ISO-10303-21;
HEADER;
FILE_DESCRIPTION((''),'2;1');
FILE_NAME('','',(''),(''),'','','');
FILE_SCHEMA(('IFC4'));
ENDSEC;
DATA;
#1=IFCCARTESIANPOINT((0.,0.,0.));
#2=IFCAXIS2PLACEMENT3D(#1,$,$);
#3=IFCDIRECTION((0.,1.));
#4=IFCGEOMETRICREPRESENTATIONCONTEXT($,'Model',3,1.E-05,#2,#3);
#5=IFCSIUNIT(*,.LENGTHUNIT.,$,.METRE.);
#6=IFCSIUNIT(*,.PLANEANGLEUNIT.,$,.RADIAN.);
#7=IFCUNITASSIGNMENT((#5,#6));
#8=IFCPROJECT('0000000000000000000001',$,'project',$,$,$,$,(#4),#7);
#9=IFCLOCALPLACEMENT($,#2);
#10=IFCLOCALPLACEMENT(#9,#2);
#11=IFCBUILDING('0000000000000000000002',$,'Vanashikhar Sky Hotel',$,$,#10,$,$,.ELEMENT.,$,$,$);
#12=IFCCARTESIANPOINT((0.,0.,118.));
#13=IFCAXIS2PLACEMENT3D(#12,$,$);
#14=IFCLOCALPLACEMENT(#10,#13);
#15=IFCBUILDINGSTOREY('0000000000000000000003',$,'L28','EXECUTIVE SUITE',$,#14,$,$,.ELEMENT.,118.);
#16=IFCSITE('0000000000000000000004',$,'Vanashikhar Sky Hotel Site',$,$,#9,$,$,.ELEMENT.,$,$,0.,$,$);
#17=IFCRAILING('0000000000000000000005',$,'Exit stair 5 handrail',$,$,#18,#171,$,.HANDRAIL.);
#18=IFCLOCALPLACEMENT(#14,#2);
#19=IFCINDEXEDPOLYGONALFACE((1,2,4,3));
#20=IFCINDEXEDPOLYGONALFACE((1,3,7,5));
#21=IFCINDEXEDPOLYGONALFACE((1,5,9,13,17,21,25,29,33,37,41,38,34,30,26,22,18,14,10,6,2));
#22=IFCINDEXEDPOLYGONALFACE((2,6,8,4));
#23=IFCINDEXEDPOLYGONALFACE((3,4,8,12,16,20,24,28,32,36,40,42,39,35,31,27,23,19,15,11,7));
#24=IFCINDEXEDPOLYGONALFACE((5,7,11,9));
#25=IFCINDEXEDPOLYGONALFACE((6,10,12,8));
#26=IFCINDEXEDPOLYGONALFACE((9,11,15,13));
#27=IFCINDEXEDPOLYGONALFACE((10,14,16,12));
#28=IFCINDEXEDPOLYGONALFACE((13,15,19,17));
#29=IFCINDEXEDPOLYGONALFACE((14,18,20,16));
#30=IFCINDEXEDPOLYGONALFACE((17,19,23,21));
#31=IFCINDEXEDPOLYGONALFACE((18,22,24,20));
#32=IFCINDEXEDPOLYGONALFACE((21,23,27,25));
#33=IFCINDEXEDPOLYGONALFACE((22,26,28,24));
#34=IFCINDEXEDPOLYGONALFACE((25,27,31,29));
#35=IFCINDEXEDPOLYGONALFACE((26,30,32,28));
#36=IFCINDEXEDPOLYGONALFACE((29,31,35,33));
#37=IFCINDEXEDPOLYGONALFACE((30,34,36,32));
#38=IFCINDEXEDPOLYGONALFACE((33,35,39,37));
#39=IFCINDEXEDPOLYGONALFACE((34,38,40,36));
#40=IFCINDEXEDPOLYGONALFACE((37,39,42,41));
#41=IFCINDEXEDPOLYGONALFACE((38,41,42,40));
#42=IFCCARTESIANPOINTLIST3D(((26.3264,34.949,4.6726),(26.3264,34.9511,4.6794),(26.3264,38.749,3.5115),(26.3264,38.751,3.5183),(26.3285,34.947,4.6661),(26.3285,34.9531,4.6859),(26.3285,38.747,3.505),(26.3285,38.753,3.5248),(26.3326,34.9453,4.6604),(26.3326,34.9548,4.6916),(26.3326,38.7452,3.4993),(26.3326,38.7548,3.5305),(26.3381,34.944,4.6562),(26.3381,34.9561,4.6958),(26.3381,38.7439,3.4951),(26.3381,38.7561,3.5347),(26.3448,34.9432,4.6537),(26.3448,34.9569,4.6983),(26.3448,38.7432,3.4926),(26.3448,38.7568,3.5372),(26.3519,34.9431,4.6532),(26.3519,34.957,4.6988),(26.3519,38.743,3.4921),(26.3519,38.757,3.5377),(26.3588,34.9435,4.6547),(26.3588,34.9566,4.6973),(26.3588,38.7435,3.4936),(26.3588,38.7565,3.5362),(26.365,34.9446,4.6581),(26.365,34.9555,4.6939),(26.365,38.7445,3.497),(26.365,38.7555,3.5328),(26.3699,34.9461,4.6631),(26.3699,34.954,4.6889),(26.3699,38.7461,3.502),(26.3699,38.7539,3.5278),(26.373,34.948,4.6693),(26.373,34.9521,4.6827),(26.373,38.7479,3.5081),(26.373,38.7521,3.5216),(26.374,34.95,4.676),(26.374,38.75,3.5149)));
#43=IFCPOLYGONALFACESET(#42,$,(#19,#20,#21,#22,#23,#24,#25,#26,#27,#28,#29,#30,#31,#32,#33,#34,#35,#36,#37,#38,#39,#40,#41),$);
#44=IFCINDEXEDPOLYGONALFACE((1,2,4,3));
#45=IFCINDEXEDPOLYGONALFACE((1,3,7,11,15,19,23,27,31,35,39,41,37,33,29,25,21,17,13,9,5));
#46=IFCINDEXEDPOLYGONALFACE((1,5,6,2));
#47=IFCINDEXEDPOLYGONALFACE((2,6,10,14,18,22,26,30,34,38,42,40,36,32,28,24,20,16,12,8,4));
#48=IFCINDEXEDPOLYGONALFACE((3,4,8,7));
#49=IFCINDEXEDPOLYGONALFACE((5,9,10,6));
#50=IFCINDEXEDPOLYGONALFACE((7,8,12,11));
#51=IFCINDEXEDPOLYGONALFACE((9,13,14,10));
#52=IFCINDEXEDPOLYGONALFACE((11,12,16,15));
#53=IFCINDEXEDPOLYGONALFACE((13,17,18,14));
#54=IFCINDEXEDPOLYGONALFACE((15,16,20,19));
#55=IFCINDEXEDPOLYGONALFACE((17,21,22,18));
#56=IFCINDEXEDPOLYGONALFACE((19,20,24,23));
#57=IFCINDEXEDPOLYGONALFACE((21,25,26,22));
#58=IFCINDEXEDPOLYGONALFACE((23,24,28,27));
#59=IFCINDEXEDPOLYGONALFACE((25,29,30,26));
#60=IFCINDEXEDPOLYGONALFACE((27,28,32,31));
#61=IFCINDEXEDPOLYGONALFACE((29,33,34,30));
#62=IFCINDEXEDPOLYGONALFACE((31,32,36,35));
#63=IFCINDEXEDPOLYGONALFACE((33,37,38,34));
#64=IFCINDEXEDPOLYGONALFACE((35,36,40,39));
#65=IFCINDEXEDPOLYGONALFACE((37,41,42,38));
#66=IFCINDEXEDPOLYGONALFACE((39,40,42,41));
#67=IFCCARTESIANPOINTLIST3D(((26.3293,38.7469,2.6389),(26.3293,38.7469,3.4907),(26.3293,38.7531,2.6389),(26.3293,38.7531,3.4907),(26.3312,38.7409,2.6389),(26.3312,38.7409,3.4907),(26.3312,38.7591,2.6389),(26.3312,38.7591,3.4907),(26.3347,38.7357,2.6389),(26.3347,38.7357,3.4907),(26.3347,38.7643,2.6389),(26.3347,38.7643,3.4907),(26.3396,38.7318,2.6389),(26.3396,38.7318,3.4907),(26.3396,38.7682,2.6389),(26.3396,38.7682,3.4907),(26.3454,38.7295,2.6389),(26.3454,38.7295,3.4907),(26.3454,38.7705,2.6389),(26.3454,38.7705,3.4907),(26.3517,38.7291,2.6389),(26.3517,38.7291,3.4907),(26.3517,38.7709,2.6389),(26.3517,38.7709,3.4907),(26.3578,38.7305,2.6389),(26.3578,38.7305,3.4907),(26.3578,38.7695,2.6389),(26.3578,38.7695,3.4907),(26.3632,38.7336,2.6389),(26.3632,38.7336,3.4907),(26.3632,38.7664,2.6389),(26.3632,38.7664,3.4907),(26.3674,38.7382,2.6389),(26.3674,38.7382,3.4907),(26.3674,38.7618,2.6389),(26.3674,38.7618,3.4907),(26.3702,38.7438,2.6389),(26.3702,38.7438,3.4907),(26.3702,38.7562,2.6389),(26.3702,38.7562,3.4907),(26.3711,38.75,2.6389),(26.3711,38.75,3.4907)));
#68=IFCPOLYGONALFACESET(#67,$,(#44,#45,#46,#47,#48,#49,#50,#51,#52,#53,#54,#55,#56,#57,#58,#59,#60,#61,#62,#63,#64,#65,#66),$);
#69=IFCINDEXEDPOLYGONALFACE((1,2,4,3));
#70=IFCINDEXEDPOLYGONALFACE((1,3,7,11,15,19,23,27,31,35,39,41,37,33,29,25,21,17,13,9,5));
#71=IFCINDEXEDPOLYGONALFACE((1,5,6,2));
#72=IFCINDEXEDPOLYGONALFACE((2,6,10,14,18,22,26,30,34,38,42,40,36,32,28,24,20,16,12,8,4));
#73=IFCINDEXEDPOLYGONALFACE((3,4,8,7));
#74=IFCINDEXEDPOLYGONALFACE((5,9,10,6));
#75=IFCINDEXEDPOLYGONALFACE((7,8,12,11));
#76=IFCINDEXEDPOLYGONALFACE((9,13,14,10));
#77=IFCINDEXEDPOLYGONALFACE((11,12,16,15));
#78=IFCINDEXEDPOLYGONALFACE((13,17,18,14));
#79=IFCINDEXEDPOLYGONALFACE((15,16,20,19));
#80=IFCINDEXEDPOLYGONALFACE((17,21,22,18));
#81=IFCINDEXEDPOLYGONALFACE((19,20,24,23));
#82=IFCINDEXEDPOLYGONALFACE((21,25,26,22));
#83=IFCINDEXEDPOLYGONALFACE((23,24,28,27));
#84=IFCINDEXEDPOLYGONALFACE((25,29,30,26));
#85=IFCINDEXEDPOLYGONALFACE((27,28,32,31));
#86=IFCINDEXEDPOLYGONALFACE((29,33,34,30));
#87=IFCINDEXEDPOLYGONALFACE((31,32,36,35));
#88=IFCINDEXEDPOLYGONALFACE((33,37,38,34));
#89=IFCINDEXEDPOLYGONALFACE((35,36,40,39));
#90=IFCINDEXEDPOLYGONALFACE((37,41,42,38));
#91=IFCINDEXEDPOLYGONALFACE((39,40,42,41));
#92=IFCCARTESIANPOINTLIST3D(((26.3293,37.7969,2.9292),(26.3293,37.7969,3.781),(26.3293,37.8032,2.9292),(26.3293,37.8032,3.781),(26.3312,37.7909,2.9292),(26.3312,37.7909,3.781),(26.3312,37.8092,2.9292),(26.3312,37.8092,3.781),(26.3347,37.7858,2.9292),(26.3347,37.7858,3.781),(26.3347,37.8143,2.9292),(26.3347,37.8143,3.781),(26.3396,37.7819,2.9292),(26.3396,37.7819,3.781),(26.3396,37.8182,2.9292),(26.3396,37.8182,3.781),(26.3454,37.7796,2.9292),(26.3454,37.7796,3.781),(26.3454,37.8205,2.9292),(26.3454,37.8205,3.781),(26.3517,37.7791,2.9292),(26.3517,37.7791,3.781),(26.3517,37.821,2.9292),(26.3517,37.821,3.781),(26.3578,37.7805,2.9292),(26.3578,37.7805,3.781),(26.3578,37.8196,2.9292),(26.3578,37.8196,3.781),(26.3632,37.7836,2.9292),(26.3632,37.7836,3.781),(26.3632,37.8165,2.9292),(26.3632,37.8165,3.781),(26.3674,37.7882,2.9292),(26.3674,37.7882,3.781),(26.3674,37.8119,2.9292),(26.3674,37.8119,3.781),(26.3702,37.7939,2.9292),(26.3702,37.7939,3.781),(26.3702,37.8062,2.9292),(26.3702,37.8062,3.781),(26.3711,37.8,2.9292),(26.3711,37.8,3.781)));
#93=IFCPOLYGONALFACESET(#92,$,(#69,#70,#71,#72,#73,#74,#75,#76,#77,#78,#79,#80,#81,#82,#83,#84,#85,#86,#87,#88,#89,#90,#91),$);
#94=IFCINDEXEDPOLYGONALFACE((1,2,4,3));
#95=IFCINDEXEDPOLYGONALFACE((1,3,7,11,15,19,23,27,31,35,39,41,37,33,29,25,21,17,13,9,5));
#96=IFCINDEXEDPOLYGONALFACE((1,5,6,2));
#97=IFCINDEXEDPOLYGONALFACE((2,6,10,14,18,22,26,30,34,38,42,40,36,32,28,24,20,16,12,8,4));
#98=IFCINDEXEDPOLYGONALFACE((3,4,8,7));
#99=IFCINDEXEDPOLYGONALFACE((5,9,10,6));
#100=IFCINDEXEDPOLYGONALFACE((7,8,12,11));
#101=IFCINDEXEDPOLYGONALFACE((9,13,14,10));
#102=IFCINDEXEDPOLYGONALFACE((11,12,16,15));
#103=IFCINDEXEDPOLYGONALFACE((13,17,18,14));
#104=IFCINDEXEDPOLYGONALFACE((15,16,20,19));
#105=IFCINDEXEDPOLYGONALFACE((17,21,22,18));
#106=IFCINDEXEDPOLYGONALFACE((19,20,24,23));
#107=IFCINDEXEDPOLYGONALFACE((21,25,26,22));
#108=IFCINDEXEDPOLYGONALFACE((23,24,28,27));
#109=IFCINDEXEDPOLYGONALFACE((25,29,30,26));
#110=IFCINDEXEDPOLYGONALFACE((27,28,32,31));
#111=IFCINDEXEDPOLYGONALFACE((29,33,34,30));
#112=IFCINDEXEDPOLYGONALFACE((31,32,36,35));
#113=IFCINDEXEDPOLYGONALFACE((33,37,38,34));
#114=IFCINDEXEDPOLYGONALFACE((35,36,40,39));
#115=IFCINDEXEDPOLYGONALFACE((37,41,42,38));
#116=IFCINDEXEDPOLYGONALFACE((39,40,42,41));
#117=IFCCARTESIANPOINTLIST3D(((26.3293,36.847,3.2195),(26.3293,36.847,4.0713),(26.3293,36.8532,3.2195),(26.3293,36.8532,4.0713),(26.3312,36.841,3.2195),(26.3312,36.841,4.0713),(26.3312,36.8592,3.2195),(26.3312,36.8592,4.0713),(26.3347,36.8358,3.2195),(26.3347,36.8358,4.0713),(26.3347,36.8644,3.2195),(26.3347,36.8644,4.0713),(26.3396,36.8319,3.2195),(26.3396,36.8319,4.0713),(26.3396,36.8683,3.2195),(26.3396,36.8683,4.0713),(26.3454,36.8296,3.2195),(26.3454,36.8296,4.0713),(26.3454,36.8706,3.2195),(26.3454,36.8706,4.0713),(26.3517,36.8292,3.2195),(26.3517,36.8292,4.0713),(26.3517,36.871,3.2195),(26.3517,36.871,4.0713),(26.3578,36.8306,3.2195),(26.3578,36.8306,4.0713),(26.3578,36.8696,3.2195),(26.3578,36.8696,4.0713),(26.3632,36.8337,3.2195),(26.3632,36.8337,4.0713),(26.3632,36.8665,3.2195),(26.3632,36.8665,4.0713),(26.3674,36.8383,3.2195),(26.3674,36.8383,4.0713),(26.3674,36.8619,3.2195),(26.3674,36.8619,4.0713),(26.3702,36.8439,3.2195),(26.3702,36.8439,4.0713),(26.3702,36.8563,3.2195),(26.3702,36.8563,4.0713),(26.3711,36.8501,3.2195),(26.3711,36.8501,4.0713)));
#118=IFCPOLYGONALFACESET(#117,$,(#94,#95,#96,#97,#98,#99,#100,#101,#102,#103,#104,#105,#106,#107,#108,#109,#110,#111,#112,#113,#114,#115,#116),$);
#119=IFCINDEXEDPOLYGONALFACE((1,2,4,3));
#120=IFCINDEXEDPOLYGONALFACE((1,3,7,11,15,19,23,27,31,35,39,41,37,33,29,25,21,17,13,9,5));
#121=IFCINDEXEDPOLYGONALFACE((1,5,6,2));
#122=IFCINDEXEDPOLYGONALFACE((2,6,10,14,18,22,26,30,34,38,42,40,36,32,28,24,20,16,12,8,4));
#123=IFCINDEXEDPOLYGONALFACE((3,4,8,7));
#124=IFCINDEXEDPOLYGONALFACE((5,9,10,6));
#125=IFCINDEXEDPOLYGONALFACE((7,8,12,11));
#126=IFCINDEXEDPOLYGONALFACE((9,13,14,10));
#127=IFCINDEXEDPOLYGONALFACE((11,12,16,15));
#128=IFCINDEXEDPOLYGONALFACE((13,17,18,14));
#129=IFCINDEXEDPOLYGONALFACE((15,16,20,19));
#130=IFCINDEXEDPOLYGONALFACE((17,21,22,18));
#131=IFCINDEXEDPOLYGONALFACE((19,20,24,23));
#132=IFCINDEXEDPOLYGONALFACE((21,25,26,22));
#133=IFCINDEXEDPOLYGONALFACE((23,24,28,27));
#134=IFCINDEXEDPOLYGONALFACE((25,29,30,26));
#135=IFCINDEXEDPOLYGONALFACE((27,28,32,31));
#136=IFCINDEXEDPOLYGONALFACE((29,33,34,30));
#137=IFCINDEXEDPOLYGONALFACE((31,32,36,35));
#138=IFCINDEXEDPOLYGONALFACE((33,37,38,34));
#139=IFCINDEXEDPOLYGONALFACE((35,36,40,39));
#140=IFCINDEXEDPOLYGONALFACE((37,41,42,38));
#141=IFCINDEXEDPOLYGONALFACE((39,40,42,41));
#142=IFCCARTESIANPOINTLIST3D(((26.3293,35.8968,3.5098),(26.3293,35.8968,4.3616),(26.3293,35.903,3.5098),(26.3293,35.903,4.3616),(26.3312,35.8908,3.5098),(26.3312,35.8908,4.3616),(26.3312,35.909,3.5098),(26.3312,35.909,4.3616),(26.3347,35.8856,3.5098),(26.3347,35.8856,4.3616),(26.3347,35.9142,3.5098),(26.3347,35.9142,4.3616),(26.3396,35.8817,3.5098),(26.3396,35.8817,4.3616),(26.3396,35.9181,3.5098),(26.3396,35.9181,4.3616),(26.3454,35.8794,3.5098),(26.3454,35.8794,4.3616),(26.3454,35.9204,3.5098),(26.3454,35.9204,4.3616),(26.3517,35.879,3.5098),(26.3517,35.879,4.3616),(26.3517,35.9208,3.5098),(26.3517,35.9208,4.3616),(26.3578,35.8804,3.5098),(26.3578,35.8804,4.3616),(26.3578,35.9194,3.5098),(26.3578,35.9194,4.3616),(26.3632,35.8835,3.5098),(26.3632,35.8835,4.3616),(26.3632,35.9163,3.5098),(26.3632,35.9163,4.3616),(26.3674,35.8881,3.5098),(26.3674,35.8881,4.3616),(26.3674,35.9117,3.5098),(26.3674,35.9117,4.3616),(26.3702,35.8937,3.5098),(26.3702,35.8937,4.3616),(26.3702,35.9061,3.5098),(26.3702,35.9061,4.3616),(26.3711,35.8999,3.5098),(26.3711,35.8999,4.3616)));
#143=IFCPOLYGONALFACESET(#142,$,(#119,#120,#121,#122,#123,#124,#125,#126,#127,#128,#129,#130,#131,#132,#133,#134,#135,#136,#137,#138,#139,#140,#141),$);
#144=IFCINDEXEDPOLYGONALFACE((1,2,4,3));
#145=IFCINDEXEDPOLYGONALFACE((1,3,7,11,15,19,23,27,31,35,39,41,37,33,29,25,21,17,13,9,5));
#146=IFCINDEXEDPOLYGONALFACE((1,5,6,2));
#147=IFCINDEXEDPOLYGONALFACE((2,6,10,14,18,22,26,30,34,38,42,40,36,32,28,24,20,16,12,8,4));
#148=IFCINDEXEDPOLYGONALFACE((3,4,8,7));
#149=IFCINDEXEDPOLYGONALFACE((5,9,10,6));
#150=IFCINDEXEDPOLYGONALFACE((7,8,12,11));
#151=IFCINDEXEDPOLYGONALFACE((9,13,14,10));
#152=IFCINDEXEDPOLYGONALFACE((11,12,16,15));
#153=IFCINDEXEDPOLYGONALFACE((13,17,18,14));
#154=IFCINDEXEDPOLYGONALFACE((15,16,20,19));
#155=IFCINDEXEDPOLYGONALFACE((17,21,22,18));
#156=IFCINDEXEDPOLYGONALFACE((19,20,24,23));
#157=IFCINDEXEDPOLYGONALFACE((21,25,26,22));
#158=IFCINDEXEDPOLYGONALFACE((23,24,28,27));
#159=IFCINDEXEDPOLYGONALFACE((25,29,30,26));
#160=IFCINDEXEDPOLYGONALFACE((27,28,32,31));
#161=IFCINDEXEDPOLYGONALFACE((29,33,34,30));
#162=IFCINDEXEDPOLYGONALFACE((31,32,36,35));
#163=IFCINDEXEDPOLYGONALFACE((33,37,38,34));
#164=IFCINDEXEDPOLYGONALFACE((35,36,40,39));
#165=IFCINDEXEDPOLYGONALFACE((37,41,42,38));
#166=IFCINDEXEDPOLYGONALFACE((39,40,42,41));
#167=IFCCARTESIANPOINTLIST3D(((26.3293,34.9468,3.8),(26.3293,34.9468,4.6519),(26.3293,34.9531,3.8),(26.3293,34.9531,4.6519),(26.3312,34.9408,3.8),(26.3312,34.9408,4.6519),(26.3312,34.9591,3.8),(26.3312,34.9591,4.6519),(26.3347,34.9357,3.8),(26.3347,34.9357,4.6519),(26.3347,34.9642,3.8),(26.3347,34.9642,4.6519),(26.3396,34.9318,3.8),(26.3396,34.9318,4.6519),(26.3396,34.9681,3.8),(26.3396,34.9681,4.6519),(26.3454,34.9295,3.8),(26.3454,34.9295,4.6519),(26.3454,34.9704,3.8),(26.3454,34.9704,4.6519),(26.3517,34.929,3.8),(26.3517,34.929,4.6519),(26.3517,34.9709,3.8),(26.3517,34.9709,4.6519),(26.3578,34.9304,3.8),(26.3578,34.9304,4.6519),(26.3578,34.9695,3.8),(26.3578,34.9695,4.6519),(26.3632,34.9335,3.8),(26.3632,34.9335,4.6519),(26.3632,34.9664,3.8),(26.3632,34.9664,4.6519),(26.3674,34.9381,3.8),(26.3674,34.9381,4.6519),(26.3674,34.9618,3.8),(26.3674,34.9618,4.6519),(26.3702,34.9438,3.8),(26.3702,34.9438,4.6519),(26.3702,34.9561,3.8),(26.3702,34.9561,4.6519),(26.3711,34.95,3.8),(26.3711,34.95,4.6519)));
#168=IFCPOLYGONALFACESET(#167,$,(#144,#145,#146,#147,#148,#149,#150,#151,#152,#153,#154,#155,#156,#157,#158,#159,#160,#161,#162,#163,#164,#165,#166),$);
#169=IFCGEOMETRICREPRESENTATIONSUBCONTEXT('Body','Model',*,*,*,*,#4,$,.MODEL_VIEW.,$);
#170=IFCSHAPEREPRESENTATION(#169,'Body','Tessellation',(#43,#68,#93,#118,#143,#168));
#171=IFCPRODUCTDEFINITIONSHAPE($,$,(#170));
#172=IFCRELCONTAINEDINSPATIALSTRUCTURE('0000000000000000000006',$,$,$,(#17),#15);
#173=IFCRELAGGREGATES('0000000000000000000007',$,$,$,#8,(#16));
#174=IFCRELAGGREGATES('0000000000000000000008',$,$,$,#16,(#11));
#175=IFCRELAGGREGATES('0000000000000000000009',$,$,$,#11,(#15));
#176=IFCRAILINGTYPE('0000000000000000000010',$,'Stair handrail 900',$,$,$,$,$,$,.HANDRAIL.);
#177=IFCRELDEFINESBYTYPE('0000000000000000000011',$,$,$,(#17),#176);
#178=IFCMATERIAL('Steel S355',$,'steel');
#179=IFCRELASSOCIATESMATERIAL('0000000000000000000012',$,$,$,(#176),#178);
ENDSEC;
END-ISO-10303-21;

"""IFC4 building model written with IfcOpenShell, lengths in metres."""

from ifc_helpers import new_model, si_unit, direction, frame, origin, origin_2d, place, context, subcontext, project, spatial, circle, extrude, source, transform, mapped, material, type_object, element, save


model = new_model("IFC4")

# Units and contexts
model_context = context("Model", 3, precision=1e-05, world=origin(), true_north=direction((0.0, 1.0)))
body_context = subcontext(model_context, "Body", "Model", "MODEL_VIEW")
ifc_project = project(units=[si_unit("LENGTHUNIT", "METRE"), si_unit("PLANEANGLEUNIT", "RADIAN")], contexts=[model_context])

# Site, building, storey
site_placement = place(None, origin())
site = spatial("IfcSite", under=ifc_project, at=site_placement, Name="Vanashikhar Sky Hotel Site", CompositionType="ELEMENT", RefElevation=0.0)
building_placement = place(site_placement, origin())
building = spatial("IfcBuilding", under=site, at=building_placement, Name="Vanashikhar Sky Hotel", CompositionType="ELEMENT")
storey_placement = place(building_placement, frame((0.0, 0.0, 118.0)))
storey = spatial("IfcBuildingStorey", under=building, at=storey_placement, Name="L28", Description="EXECUTIVE SUITE", CompositionType="ELEMENT", Elevation=118.0)

# Railing
ifc_material_1 = material(Name="Steel S355", Category="steel")
railing_type = type_object("IfcRailingType", Name="Stair handrail 900", PredefinedType="HANDRAIL", material=ifc_material_1)
shared_shape_1 = source(origin(), body_context, "Body", "SweptSolid", [
    extrude(circle(Radius=0.0239, at=origin_2d()), frame((0.0, 0.0, 0.876), z_axis=(0.0, -0.956351, 0.29222), x_axis=(1.0, 0.0, 0.0)), (0.0, 0.0, 1.0), 3.9734),
    extrude(circle(Radius=0.021, at=origin_2d()), origin(), (0.0, 0.0, 1.0), 0.8518),
    extrude(circle(Radius=0.021, at=origin_2d()), frame((0.0, -0.95, 0.2903)), (0.0, 0.0, 1.0), 0.8518),
    extrude(circle(Radius=0.021, at=origin_2d()), frame((0.0, -1.8999, 0.5806)), (0.0, 0.0, 1.0), 0.8518),
    extrude(circle(Radius=0.021, at=origin_2d()), frame((0.0, -2.8501, 0.8708)), (0.0, 0.0, 1.0), 0.8518),
    extrude(circle(Radius=0.021, at=origin_2d()), frame((0.0, -3.8, 1.1611)), (0.0, 0.0, 1.0), 0.8518),
])
for number, where, name in (
    (1, (26.3501, 38.75, 2.6389), "Exit stair 5 handrail"),
):
    element("IfcRailing", number, at=place(storey_placement, frame(where)), inside=storey, type_object=railing_type, Name=name, PredefinedType="HANDRAIL", context=body_context, shape_type="MappedRepresentation", body=[
        mapped(shared_shape_1, transform((0.0, 0.0, 0.0), scale=1.0)),
    ])

save(model, "model.ifc")
